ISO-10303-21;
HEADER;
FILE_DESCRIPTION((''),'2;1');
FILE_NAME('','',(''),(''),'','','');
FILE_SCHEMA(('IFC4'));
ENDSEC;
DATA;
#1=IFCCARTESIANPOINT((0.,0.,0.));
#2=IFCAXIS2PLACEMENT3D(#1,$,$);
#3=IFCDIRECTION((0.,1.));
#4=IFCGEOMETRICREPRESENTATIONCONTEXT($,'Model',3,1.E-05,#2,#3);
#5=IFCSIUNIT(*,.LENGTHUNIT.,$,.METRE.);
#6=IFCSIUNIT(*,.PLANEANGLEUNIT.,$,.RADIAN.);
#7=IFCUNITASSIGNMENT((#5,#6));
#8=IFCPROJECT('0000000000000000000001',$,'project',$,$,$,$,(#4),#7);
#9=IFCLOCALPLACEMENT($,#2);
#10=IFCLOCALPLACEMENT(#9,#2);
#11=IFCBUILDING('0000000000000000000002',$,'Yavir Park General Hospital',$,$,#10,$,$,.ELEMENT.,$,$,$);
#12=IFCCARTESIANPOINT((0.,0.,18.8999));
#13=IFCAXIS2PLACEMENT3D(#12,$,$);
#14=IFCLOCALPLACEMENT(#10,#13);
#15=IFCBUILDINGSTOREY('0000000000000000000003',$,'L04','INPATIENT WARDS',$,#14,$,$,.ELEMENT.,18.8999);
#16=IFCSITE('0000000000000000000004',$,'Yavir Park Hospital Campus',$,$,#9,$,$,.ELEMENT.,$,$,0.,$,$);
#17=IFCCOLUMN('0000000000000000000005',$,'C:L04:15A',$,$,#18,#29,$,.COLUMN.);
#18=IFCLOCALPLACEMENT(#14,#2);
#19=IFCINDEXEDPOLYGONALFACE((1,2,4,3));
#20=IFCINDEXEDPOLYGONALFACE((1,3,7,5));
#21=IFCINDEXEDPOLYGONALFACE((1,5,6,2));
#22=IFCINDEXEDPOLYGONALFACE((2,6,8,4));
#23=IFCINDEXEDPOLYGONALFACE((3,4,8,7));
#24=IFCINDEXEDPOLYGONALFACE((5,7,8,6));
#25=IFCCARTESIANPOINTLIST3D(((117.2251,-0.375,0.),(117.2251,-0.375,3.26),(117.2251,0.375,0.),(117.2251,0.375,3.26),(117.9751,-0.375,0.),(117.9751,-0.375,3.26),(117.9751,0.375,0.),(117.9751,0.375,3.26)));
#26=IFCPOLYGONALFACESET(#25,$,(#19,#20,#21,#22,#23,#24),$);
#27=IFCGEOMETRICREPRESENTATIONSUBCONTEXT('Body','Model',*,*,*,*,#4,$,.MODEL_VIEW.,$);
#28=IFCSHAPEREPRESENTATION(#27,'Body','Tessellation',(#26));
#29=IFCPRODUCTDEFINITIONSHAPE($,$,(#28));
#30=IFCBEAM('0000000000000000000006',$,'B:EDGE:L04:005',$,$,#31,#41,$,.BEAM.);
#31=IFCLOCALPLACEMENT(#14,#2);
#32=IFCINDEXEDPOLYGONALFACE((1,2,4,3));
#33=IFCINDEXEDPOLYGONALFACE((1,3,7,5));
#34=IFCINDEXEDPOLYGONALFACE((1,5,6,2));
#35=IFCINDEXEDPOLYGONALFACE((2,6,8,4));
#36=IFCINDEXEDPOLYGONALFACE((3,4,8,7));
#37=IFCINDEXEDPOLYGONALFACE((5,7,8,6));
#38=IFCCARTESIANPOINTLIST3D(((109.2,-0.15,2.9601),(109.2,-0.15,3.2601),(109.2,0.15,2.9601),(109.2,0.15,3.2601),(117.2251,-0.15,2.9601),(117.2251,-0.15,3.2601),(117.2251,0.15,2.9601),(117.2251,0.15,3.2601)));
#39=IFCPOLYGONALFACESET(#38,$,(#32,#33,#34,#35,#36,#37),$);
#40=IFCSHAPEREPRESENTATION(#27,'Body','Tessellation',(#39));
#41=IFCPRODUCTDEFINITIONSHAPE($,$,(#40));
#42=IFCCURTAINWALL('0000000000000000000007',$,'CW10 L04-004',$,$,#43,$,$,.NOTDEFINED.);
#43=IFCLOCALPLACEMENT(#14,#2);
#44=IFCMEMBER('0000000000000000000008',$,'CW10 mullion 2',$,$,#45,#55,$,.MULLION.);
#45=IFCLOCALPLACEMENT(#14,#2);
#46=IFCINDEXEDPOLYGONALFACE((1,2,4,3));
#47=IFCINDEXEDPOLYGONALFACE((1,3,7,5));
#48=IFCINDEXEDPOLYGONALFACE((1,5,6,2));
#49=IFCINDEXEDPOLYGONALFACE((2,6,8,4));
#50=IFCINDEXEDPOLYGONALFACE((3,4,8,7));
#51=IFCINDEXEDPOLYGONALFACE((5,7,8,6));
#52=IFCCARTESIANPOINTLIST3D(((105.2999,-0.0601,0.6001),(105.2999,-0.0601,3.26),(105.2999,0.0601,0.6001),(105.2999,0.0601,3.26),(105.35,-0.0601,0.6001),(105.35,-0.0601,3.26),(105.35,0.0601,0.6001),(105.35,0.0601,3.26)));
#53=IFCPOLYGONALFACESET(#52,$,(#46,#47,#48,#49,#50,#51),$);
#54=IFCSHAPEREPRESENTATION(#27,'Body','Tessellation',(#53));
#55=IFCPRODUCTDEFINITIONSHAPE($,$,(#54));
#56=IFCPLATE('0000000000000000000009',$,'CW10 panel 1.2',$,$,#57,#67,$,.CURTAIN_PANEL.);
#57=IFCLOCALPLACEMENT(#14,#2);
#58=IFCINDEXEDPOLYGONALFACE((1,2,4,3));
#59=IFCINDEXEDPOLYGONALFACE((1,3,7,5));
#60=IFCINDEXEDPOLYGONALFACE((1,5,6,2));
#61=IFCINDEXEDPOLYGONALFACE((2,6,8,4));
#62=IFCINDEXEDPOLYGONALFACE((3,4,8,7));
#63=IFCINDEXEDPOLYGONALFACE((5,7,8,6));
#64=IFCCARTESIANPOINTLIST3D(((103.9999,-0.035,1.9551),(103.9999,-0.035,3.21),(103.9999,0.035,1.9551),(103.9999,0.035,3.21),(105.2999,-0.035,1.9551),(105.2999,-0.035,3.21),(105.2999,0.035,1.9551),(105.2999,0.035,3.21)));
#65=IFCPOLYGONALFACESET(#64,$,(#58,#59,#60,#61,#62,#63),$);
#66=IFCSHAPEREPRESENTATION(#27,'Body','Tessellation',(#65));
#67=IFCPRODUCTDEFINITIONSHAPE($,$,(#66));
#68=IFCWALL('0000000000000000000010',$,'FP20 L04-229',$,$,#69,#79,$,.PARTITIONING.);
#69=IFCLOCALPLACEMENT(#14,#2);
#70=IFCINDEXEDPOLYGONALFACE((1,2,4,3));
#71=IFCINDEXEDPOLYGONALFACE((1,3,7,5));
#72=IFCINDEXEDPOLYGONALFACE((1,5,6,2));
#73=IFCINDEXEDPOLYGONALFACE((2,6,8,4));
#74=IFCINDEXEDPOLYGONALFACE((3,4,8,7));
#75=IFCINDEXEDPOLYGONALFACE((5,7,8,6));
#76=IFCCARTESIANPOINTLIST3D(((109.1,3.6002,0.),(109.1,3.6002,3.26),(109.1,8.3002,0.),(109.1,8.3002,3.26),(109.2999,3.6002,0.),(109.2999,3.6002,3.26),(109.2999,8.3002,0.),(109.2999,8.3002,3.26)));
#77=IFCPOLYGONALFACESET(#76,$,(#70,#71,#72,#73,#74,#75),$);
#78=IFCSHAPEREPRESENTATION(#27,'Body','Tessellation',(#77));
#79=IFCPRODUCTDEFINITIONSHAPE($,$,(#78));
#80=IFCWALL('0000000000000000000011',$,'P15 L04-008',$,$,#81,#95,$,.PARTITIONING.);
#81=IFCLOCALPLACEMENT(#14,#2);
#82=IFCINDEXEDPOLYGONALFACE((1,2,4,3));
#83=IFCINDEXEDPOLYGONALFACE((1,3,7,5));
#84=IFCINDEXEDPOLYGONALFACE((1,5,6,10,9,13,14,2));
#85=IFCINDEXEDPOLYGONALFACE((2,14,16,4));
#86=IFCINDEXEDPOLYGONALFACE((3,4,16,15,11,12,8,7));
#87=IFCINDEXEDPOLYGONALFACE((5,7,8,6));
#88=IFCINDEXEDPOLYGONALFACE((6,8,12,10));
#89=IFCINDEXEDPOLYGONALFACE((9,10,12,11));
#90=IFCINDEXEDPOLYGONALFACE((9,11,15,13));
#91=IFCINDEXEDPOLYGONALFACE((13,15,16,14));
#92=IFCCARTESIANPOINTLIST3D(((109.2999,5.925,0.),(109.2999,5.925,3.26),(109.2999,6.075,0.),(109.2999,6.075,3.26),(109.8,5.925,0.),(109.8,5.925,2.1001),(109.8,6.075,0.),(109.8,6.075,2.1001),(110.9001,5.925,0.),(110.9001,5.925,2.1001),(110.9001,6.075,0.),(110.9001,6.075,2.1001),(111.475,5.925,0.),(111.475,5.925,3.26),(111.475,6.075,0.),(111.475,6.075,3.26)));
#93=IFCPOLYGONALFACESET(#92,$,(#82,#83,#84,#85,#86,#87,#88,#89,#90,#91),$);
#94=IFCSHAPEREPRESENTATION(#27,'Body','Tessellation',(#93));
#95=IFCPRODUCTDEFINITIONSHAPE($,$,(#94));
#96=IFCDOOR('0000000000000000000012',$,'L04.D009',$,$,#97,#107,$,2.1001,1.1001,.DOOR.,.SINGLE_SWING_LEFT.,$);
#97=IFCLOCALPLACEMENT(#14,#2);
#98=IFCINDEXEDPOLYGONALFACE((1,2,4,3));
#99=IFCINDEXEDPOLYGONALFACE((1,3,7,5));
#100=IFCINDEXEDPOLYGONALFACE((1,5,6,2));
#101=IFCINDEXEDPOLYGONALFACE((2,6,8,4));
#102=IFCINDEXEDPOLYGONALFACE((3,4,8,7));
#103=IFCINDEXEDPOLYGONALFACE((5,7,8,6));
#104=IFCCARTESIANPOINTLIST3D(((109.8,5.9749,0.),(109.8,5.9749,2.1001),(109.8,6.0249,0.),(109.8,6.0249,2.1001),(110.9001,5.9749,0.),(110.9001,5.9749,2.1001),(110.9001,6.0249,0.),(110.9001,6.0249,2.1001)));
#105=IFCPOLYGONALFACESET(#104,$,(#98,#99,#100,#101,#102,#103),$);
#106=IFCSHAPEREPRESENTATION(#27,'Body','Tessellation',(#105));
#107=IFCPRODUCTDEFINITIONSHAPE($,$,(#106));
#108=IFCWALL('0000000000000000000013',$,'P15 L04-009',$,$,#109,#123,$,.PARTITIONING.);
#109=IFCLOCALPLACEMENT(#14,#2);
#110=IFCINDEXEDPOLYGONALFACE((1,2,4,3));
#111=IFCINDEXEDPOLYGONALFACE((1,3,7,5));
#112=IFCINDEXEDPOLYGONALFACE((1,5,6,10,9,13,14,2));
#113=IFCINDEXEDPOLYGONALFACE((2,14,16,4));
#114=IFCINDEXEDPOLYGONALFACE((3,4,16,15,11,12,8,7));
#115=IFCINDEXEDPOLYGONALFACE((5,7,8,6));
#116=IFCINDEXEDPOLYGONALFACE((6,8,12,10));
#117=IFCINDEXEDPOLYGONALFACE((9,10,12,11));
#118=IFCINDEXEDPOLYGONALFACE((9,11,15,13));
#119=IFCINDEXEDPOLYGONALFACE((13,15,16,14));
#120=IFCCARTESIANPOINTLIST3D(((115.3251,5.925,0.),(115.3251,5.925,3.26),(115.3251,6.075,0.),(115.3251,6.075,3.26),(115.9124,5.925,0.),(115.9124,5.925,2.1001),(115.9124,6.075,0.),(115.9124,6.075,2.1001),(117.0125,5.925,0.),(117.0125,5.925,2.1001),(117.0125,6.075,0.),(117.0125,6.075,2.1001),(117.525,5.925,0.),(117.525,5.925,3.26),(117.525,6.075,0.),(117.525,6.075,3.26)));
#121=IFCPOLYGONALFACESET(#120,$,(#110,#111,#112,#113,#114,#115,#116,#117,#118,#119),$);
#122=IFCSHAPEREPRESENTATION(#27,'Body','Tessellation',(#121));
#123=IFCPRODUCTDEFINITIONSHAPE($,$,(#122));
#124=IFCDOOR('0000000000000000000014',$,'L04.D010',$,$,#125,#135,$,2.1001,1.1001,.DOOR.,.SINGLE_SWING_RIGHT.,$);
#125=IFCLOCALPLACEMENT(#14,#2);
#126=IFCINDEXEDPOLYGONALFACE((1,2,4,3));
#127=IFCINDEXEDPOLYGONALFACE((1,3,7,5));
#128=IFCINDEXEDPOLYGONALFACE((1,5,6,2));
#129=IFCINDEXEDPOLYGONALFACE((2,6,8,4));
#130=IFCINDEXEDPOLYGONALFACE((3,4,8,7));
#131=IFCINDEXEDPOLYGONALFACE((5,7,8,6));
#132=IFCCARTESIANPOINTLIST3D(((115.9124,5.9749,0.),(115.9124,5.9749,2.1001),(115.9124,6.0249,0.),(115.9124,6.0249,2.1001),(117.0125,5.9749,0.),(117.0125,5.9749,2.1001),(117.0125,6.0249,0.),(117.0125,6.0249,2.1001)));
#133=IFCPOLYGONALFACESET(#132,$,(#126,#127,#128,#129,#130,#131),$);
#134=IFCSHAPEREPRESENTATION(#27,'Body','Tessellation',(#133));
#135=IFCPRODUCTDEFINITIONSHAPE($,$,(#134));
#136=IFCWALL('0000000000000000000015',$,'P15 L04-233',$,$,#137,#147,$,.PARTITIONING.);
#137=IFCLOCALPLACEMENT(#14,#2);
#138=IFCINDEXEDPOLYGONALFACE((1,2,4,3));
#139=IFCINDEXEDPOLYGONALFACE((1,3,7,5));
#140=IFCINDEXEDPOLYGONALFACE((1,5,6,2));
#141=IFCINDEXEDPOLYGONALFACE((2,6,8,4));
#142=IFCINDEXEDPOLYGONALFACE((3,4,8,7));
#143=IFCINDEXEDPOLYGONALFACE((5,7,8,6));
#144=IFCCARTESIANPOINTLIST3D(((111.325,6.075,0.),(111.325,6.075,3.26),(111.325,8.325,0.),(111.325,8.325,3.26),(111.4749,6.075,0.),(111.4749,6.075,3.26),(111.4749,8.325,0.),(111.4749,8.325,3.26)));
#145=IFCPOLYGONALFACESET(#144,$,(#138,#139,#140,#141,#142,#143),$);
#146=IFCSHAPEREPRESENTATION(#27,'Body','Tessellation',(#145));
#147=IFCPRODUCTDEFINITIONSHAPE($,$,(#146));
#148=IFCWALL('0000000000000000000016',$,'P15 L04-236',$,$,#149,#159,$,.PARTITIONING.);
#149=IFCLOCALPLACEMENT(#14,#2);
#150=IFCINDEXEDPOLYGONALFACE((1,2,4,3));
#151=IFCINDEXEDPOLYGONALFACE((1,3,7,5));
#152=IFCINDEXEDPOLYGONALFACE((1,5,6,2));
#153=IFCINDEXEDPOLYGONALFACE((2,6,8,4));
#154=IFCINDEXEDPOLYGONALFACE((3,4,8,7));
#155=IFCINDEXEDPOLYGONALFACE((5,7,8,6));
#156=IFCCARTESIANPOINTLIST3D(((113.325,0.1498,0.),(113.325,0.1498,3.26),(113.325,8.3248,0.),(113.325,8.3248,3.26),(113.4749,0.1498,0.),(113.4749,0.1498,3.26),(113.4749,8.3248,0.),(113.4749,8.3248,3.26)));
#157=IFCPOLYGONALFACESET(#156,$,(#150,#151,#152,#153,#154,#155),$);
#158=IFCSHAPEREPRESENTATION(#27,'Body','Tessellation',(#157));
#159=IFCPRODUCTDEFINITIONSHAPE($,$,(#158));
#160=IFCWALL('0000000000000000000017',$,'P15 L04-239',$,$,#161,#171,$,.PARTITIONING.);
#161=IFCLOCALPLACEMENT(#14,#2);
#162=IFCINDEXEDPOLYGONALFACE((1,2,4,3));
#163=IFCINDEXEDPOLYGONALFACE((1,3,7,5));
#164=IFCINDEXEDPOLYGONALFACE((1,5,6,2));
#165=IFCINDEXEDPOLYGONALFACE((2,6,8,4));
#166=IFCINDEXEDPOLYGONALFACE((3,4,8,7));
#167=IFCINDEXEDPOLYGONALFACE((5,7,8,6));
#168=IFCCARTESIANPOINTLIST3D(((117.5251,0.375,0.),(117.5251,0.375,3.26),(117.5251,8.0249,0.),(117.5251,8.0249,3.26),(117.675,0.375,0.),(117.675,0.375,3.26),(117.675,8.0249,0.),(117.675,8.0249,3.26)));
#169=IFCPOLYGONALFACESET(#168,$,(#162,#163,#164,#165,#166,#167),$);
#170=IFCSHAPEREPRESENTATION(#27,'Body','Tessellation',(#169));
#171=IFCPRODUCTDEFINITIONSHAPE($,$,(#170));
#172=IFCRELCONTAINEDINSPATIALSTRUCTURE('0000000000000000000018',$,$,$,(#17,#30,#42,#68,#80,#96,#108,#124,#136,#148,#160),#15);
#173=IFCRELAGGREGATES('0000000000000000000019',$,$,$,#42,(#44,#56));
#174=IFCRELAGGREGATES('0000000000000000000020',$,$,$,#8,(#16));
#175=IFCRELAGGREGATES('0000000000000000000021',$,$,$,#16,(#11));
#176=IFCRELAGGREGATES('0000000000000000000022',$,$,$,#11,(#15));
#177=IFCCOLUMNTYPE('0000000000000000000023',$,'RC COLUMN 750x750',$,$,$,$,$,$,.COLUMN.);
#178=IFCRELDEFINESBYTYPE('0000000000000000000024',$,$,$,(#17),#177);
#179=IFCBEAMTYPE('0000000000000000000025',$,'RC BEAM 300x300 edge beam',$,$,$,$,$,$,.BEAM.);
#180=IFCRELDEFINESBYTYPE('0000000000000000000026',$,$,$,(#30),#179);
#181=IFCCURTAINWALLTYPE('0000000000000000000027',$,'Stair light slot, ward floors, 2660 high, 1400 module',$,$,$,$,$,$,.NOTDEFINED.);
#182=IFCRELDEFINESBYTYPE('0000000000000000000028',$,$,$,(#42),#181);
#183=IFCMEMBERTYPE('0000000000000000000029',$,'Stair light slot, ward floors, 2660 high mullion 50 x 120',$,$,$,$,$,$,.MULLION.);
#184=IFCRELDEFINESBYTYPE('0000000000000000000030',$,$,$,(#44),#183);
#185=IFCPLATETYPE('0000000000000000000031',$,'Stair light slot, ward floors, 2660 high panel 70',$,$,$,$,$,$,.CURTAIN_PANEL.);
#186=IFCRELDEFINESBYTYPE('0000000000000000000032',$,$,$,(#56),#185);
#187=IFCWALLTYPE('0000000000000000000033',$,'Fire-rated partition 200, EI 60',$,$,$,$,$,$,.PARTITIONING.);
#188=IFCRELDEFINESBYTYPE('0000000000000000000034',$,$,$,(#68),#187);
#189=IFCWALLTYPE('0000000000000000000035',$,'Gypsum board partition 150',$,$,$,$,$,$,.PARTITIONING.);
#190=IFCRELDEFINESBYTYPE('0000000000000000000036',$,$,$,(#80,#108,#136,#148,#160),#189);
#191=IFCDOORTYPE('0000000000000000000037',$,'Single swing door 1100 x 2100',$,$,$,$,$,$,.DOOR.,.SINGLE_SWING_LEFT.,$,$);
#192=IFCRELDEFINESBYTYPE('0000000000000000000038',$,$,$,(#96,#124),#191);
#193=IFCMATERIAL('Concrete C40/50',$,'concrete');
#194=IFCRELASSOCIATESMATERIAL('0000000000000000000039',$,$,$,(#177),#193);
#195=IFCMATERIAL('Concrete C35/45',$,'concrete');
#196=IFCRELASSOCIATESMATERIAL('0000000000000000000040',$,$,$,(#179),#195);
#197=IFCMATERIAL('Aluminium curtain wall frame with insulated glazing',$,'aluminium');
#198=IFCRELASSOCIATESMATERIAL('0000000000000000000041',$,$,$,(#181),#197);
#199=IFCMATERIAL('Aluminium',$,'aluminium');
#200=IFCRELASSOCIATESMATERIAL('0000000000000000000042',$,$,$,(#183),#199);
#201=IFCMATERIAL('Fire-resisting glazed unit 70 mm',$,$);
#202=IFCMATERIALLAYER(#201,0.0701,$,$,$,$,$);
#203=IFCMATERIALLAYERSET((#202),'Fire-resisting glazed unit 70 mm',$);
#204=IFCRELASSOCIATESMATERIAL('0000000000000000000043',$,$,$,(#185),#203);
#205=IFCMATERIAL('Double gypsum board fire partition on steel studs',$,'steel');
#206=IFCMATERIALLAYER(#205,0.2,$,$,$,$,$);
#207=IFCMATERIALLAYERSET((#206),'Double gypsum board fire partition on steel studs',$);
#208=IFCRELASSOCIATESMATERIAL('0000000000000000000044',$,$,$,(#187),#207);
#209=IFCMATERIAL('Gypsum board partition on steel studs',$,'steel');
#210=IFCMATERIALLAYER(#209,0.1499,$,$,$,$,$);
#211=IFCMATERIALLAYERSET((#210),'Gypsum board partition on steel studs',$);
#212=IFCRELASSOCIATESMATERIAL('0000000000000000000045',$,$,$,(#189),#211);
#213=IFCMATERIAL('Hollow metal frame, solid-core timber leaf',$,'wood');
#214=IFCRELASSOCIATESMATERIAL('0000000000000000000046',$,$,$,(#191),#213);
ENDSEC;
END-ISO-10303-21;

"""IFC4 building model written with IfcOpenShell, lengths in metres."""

from ifc_helpers import new_model, si_unit, direction, frame, frame_2d, origin, origin_2d, place, context, subcontext, project, spatial, rectangle, extrude, material, layer, layer_set, material_profile, profile_set, type_object, element, fill, aggregate, save


model = new_model("IFC4")

# Units and contexts
model_context = context("Model", 3, precision=1e-05, world=origin(), true_north=direction((0.0, 1.0)))
body_context = subcontext(model_context, "Body", "Model", "MODEL_VIEW")
ifc_project = project(units=[si_unit("LENGTHUNIT", "METRE"), si_unit("PLANEANGLEUNIT", "RADIAN")], contexts=[model_context])

# Site, building, storey
site_placement = place(None, origin())
site = spatial("IfcSite", under=ifc_project, at=site_placement, Name="Yavir Park Hospital Campus", CompositionType="ELEMENT", RefElevation=0.0)
building_placement = place(site_placement, origin())
building = spatial("IfcBuilding", under=site, at=building_placement, Name="Yavir Park General Hospital", CompositionType="ELEMENT")
storey_placement = place(building_placement, frame((0.0, 0.0, 18.8999)))
storey = spatial("IfcBuildingStorey", under=building, at=storey_placement, Name="L04", Description="INPATIENT WARDS", CompositionType="ELEMENT", Elevation=18.8999)

# Column
ifc_material_1 = material(Name="Concrete C40/50", Category="concrete")
ifc_material_profile_1 = material_profile(ifc_material_1, rectangle(XDim=0.75, YDim=0.75, at=origin_2d()), Name="RC750x750")
ifc_profile_set_1 = profile_set([ifc_material_profile_1], Name="Concrete C40/50")
column_type = type_object("IfcColumnType", Name="RC COLUMN 750x750", PredefinedType="COLUMN", material=ifc_profile_set_1)
column_placement = place(storey_placement, frame((117.6001, 0.0, 0.0), z_axis=(0.0, 0.0, 1.0), x_axis=(1.0, 0.0, 0.0)))
element("IfcColumn", 1, at=column_placement, inside=storey, type_object=column_type, Name="C:L04:15A", PredefinedType="COLUMN", context=body_context, shape_type="SweptSolid", body=[
    extrude(rectangle(XDim=0.75, YDim=0.75, at=origin_2d()), origin(), (0.0, 0.0, 1.0), 3.26),
])

# Beam
ifc_material_2 = material(Name="Concrete C35/45", Category="concrete")
ifc_material_profile_2 = material_profile(ifc_material_2, rectangle(XDim=0.3, YDim=0.3, at=origin_2d()), Name="RC300x300")
ifc_profile_set_2 = profile_set([ifc_material_profile_2], Name="Concrete C35/45")
beam_type = type_object("IfcBeamType", Name="RC BEAM 300x300 edge beam", PredefinedType="BEAM", material=ifc_profile_set_2)
beam_placement = place(storey_placement, frame((109.2, 0.0, 3.1101), z_axis=(1.0, 0.0, 0.0), x_axis=(0.0, 1.0, 0.0)))
element("IfcBeam", 2, at=beam_placement, inside=storey, type_object=beam_type, Name="B:EDGE:L04:005", PredefinedType="BEAM", context=body_context, shape_type="SweptSolid", body=[
    extrude(rectangle(XDim=0.3, YDim=0.3, at=origin_2d()), origin(), (0.0, 0.0, 1.0), 8.0251),
])

# Curtain wall, member, plate
ifc_material_3 = material(Name="Aluminium curtain wall frame with insulated glazing", Category="aluminium")
curtain_wall_type = type_object("IfcCurtainWallType", Name="Stair light slot, ward floors, 2660 high, 1400 module", PredefinedType="NOTDEFINED", material=ifc_material_3)
curtain_wall_placement = place(storey_placement, origin())
curtain_wall = element("IfcCurtainWall", 3, at=curtain_wall_placement, inside=storey, type_object=curtain_wall_type, Name="CW10 L04-004", PredefinedType="NOTDEFINED")
ifc_material_4 = material(Name="Aluminium", Category="aluminium")
ifc_material_profile_3 = material_profile(ifc_material_4, rectangle(XDim=0.1201, YDim=0.05, at=origin_2d()), Name="AL 50x120")
ifc_profile_set_3 = profile_set([ifc_material_profile_3], Name="Aluminium")
member_type = type_object("IfcMemberType", Name="Stair light slot, ward floors, 2660 high mullion 50 x 120", PredefinedType="MULLION", material=ifc_profile_set_3)
member_placement = place(storey_placement, frame((105.325, 0.0, 0.6001), z_axis=(0.0, 0.0, 1.0), x_axis=(0.0, 1.0, 0.0)))
member = element("IfcMember", 4, at=member_placement, type_object=member_type, Name="CW10 mullion 2", PredefinedType="MULLION", context=body_context, shape_type="SweptSolid", body=[
    extrude(rectangle(XDim=0.1201, YDim=0.05, at=origin_2d()), origin(), (0.0, 0.0, 1.0), 2.6599),
])
ifc_material_5 = material(Name="Fire-resisting glazed unit 70 mm")
ifc_layer_1 = layer(ifc_material_5, 0.0701)
ifc_layer_set_1 = layer_set([ifc_layer_1], Name="Fire-resisting glazed unit 70 mm")
plate_type = type_object("IfcPlateType", Name="Stair light slot, ward floors, 2660 high panel 70", PredefinedType="CURTAIN_PANEL", material=ifc_layer_set_1)
plate_placement = place(storey_placement, frame((104.6499, 0.0, 1.9551), z_axis=(0.0, 0.0, 1.0), x_axis=(1.0, 0.0, 0.0)))
plate = element("IfcPlate", 5, at=plate_placement, type_object=plate_type, Name="CW10 panel 1.2", PredefinedType="CURTAIN_PANEL", context=body_context, shape_type="SweptSolid", body=[
    extrude(rectangle(XDim=1.3, YDim=0.0701, at=origin_2d()), origin(), (0.0, 0.0, 1.0), 1.2549),
])
aggregate(curtain_wall, [member, plate])

# Wall
ifc_material_6 = material(Name="Double gypsum board fire partition on steel studs", Category="steel")
ifc_layer_2 = layer(ifc_material_6, 0.2)
ifc_layer_set_2 = layer_set([ifc_layer_2], Name="Double gypsum board fire partition on steel studs")
wall_type_1 = type_object("IfcWallType", Name="Fire-rated partition 200, EI 60", PredefinedType="PARTITIONING", material=ifc_layer_set_2)
wall_1_placement = place(storey_placement, frame((109.2, 3.6001, 0.0), z_axis=(0.0, 0.0, 1.0), x_axis=(0.0, 1.0, 0.0)))
element("IfcWall", 6, at=wall_1_placement, inside=storey, type_object=wall_type_1, Name="FP20 L04-229", PredefinedType="PARTITIONING", context=body_context, shape_type="SweptSolid", body=[
    extrude(rectangle(XDim=4.7, YDim=0.2, at=frame_2d((2.3501, 0.0))), origin(), (0.0, 0.0, 1.0), 3.26),
])

# Walls, openings, doors
ifc_material_7 = material(Name="Gypsum board partition on steel studs", Category="steel")
ifc_layer_3 = layer(ifc_material_7, 0.1499)
ifc_layer_set_3 = layer_set([ifc_layer_3], Name="Gypsum board partition on steel studs")
wall_type_2 = type_object("IfcWallType", Name="Gypsum board partition 150", PredefinedType="PARTITIONING", material=ifc_layer_set_3)
wall_2_placement = place(storey_placement, frame((109.3, 6.0, 0.0), z_axis=(0.0, 0.0, 1.0), x_axis=(1.0, 0.0, 0.0)))
wall_2 = element("IfcWall", 7, at=wall_2_placement, inside=storey, type_object=wall_type_2, Name="P15 L04-008", PredefinedType="PARTITIONING", context=body_context, shape_type="SweptSolid", body=[
    extrude(rectangle(XDim=2.175, YDim=0.1499, at=frame_2d((1.0874, 0.0))), origin(), (0.0, 0.0, 1.0), 3.26),
])
opening_1_placement = place(wall_2_placement, frame((0.5, 0.0, 0.0)))
opening_1 = element("IfcOpeningElement", 8, at=opening_1_placement, cuts=wall_2, PredefinedType="OPENING", context=body_context, shape_type="SweptSolid", body=[
    extrude(rectangle(XDim=1.1001, YDim=2.1001, at=frame_2d((0.55, 1.05))), frame((0.0, 0.085, 0.0), z_axis=(0.0, -1.0, 0.0), x_axis=(1.0, 0.0, 0.0)), (0.0, 0.0, 1.0), 0.1699),
])
ifc_material_8 = material(Name="Hollow metal frame, solid-core timber leaf", Category="wood")
door_type = type_object("IfcDoorType", Name="Single swing door 1100 x 2100", OperationType="SINGLE_SWING_LEFT", PredefinedType="DOOR", material=ifc_material_8)
door_1_placement = place(opening_1_placement, origin())
door_1 = element("IfcDoor", 9, at=door_1_placement, inside=storey, type_object=door_type, Name="L04.D009", OperationType="SINGLE_SWING_LEFT", OverallHeight=2.1001, OverallWidth=1.1001, PredefinedType="DOOR", context=body_context, shape_type="SweptSolid", body=[
    extrude(rectangle(XDim=1.1001, YDim=2.1001, at=frame_2d((0.55, 1.05))), frame((0.0, 0.0249, 0.0), z_axis=(0.0, -1.0, 0.0), x_axis=(1.0, 0.0, 0.0)), (0.0, 0.0, 1.0), 0.05),
])
fill(opening_1, door_1)
wall_3_placement = place(storey_placement, frame((115.325, 6.0, 0.0), z_axis=(0.0, 0.0, 1.0), x_axis=(1.0, 0.0, 0.0)))
wall_3 = element("IfcWall", 10, at=wall_3_placement, inside=storey, type_object=wall_type_2, Name="P15 L04-009", PredefinedType="PARTITIONING", context=body_context, shape_type="SweptSolid", body=[
    extrude(rectangle(XDim=2.2, YDim=0.1499, at=frame_2d((1.1001, 0.0))), origin(), (0.0, 0.0, 1.0), 3.26),
])
opening_2_placement = place(wall_3_placement, frame((0.5874, 0.0, 0.0)))
opening_2 = element("IfcOpeningElement", 11, at=opening_2_placement, cuts=wall_3, PredefinedType="OPENING", context=body_context, shape_type="SweptSolid", body=[
    extrude(rectangle(XDim=1.1001, YDim=2.1001, at=frame_2d((0.55, 1.05))), frame((0.0, 0.085, 0.0), z_axis=(0.0, -1.0, 0.0), x_axis=(1.0, 0.0, 0.0)), (0.0, 0.0, 1.0), 0.1699),
])
door_2_placement = place(opening_2_placement, origin())
door_2 = element("IfcDoor", 12, at=door_2_placement, inside=storey, type_object=door_type, Name="L04.D010", OperationType="SINGLE_SWING_RIGHT", OverallHeight=2.1001, OverallWidth=1.1001, PredefinedType="DOOR", context=body_context, shape_type="SweptSolid", body=[
    extrude(rectangle(XDim=1.1001, YDim=2.1001, at=frame_2d((0.55, 1.05))), frame((0.0, 0.0249, 0.0), z_axis=(0.0, -1.0, 0.0), x_axis=(1.0, 0.0, 0.0)), (0.0, 0.0, 1.0), 0.05),
])
fill(opening_2, door_2)

# Walls
wall_4_placement = place(storey_placement, frame((111.3999, 6.075, 0.0), z_axis=(0.0, 0.0, 1.0), x_axis=(0.0, 1.0, 0.0)))
element("IfcWall", 13, at=wall_4_placement, inside=storey, type_object=wall_type_2, Name="P15 L04-233", PredefinedType="PARTITIONING", context=body_context, shape_type="SweptSolid", body=[
    extrude(rectangle(XDim=2.25, YDim=0.1499, at=frame_2d((1.125, 0.0))), origin(), (0.0, 0.0, 1.0), 3.26),
])
wall_5_placement = place(storey_placement, frame((113.3999, 0.1499, 0.0), z_axis=(0.0, 0.0, 1.0), x_axis=(0.0, 1.0, 0.0)))
element("IfcWall", 14, at=wall_5_placement, inside=storey, type_object=wall_type_2, Name="P15 L04-236", PredefinedType="PARTITIONING", context=body_context, shape_type="SweptSolid", body=[
    extrude(rectangle(XDim=8.175, YDim=0.1499, at=frame_2d((4.0874, 0.0))), origin(), (0.0, 0.0, 1.0), 3.26),
])
wall_6_placement = place(storey_placement, frame((117.6001, 0.375, 0.0), z_axis=(0.0, 0.0, 1.0), x_axis=(0.0, 1.0, 0.0)))
element("IfcWall", 15, at=wall_6_placement, inside=storey, type_object=wall_type_2, Name="P15 L04-239", PredefinedType="PARTITIONING", context=body_context, shape_type="SweptSolid", body=[
    extrude(rectangle(XDim=7.6499, YDim=0.1499, at=frame_2d((3.825, 0.0))), origin(), (0.0, 0.0, 1.0), 3.26),
])

save(model, "model.ifc")
